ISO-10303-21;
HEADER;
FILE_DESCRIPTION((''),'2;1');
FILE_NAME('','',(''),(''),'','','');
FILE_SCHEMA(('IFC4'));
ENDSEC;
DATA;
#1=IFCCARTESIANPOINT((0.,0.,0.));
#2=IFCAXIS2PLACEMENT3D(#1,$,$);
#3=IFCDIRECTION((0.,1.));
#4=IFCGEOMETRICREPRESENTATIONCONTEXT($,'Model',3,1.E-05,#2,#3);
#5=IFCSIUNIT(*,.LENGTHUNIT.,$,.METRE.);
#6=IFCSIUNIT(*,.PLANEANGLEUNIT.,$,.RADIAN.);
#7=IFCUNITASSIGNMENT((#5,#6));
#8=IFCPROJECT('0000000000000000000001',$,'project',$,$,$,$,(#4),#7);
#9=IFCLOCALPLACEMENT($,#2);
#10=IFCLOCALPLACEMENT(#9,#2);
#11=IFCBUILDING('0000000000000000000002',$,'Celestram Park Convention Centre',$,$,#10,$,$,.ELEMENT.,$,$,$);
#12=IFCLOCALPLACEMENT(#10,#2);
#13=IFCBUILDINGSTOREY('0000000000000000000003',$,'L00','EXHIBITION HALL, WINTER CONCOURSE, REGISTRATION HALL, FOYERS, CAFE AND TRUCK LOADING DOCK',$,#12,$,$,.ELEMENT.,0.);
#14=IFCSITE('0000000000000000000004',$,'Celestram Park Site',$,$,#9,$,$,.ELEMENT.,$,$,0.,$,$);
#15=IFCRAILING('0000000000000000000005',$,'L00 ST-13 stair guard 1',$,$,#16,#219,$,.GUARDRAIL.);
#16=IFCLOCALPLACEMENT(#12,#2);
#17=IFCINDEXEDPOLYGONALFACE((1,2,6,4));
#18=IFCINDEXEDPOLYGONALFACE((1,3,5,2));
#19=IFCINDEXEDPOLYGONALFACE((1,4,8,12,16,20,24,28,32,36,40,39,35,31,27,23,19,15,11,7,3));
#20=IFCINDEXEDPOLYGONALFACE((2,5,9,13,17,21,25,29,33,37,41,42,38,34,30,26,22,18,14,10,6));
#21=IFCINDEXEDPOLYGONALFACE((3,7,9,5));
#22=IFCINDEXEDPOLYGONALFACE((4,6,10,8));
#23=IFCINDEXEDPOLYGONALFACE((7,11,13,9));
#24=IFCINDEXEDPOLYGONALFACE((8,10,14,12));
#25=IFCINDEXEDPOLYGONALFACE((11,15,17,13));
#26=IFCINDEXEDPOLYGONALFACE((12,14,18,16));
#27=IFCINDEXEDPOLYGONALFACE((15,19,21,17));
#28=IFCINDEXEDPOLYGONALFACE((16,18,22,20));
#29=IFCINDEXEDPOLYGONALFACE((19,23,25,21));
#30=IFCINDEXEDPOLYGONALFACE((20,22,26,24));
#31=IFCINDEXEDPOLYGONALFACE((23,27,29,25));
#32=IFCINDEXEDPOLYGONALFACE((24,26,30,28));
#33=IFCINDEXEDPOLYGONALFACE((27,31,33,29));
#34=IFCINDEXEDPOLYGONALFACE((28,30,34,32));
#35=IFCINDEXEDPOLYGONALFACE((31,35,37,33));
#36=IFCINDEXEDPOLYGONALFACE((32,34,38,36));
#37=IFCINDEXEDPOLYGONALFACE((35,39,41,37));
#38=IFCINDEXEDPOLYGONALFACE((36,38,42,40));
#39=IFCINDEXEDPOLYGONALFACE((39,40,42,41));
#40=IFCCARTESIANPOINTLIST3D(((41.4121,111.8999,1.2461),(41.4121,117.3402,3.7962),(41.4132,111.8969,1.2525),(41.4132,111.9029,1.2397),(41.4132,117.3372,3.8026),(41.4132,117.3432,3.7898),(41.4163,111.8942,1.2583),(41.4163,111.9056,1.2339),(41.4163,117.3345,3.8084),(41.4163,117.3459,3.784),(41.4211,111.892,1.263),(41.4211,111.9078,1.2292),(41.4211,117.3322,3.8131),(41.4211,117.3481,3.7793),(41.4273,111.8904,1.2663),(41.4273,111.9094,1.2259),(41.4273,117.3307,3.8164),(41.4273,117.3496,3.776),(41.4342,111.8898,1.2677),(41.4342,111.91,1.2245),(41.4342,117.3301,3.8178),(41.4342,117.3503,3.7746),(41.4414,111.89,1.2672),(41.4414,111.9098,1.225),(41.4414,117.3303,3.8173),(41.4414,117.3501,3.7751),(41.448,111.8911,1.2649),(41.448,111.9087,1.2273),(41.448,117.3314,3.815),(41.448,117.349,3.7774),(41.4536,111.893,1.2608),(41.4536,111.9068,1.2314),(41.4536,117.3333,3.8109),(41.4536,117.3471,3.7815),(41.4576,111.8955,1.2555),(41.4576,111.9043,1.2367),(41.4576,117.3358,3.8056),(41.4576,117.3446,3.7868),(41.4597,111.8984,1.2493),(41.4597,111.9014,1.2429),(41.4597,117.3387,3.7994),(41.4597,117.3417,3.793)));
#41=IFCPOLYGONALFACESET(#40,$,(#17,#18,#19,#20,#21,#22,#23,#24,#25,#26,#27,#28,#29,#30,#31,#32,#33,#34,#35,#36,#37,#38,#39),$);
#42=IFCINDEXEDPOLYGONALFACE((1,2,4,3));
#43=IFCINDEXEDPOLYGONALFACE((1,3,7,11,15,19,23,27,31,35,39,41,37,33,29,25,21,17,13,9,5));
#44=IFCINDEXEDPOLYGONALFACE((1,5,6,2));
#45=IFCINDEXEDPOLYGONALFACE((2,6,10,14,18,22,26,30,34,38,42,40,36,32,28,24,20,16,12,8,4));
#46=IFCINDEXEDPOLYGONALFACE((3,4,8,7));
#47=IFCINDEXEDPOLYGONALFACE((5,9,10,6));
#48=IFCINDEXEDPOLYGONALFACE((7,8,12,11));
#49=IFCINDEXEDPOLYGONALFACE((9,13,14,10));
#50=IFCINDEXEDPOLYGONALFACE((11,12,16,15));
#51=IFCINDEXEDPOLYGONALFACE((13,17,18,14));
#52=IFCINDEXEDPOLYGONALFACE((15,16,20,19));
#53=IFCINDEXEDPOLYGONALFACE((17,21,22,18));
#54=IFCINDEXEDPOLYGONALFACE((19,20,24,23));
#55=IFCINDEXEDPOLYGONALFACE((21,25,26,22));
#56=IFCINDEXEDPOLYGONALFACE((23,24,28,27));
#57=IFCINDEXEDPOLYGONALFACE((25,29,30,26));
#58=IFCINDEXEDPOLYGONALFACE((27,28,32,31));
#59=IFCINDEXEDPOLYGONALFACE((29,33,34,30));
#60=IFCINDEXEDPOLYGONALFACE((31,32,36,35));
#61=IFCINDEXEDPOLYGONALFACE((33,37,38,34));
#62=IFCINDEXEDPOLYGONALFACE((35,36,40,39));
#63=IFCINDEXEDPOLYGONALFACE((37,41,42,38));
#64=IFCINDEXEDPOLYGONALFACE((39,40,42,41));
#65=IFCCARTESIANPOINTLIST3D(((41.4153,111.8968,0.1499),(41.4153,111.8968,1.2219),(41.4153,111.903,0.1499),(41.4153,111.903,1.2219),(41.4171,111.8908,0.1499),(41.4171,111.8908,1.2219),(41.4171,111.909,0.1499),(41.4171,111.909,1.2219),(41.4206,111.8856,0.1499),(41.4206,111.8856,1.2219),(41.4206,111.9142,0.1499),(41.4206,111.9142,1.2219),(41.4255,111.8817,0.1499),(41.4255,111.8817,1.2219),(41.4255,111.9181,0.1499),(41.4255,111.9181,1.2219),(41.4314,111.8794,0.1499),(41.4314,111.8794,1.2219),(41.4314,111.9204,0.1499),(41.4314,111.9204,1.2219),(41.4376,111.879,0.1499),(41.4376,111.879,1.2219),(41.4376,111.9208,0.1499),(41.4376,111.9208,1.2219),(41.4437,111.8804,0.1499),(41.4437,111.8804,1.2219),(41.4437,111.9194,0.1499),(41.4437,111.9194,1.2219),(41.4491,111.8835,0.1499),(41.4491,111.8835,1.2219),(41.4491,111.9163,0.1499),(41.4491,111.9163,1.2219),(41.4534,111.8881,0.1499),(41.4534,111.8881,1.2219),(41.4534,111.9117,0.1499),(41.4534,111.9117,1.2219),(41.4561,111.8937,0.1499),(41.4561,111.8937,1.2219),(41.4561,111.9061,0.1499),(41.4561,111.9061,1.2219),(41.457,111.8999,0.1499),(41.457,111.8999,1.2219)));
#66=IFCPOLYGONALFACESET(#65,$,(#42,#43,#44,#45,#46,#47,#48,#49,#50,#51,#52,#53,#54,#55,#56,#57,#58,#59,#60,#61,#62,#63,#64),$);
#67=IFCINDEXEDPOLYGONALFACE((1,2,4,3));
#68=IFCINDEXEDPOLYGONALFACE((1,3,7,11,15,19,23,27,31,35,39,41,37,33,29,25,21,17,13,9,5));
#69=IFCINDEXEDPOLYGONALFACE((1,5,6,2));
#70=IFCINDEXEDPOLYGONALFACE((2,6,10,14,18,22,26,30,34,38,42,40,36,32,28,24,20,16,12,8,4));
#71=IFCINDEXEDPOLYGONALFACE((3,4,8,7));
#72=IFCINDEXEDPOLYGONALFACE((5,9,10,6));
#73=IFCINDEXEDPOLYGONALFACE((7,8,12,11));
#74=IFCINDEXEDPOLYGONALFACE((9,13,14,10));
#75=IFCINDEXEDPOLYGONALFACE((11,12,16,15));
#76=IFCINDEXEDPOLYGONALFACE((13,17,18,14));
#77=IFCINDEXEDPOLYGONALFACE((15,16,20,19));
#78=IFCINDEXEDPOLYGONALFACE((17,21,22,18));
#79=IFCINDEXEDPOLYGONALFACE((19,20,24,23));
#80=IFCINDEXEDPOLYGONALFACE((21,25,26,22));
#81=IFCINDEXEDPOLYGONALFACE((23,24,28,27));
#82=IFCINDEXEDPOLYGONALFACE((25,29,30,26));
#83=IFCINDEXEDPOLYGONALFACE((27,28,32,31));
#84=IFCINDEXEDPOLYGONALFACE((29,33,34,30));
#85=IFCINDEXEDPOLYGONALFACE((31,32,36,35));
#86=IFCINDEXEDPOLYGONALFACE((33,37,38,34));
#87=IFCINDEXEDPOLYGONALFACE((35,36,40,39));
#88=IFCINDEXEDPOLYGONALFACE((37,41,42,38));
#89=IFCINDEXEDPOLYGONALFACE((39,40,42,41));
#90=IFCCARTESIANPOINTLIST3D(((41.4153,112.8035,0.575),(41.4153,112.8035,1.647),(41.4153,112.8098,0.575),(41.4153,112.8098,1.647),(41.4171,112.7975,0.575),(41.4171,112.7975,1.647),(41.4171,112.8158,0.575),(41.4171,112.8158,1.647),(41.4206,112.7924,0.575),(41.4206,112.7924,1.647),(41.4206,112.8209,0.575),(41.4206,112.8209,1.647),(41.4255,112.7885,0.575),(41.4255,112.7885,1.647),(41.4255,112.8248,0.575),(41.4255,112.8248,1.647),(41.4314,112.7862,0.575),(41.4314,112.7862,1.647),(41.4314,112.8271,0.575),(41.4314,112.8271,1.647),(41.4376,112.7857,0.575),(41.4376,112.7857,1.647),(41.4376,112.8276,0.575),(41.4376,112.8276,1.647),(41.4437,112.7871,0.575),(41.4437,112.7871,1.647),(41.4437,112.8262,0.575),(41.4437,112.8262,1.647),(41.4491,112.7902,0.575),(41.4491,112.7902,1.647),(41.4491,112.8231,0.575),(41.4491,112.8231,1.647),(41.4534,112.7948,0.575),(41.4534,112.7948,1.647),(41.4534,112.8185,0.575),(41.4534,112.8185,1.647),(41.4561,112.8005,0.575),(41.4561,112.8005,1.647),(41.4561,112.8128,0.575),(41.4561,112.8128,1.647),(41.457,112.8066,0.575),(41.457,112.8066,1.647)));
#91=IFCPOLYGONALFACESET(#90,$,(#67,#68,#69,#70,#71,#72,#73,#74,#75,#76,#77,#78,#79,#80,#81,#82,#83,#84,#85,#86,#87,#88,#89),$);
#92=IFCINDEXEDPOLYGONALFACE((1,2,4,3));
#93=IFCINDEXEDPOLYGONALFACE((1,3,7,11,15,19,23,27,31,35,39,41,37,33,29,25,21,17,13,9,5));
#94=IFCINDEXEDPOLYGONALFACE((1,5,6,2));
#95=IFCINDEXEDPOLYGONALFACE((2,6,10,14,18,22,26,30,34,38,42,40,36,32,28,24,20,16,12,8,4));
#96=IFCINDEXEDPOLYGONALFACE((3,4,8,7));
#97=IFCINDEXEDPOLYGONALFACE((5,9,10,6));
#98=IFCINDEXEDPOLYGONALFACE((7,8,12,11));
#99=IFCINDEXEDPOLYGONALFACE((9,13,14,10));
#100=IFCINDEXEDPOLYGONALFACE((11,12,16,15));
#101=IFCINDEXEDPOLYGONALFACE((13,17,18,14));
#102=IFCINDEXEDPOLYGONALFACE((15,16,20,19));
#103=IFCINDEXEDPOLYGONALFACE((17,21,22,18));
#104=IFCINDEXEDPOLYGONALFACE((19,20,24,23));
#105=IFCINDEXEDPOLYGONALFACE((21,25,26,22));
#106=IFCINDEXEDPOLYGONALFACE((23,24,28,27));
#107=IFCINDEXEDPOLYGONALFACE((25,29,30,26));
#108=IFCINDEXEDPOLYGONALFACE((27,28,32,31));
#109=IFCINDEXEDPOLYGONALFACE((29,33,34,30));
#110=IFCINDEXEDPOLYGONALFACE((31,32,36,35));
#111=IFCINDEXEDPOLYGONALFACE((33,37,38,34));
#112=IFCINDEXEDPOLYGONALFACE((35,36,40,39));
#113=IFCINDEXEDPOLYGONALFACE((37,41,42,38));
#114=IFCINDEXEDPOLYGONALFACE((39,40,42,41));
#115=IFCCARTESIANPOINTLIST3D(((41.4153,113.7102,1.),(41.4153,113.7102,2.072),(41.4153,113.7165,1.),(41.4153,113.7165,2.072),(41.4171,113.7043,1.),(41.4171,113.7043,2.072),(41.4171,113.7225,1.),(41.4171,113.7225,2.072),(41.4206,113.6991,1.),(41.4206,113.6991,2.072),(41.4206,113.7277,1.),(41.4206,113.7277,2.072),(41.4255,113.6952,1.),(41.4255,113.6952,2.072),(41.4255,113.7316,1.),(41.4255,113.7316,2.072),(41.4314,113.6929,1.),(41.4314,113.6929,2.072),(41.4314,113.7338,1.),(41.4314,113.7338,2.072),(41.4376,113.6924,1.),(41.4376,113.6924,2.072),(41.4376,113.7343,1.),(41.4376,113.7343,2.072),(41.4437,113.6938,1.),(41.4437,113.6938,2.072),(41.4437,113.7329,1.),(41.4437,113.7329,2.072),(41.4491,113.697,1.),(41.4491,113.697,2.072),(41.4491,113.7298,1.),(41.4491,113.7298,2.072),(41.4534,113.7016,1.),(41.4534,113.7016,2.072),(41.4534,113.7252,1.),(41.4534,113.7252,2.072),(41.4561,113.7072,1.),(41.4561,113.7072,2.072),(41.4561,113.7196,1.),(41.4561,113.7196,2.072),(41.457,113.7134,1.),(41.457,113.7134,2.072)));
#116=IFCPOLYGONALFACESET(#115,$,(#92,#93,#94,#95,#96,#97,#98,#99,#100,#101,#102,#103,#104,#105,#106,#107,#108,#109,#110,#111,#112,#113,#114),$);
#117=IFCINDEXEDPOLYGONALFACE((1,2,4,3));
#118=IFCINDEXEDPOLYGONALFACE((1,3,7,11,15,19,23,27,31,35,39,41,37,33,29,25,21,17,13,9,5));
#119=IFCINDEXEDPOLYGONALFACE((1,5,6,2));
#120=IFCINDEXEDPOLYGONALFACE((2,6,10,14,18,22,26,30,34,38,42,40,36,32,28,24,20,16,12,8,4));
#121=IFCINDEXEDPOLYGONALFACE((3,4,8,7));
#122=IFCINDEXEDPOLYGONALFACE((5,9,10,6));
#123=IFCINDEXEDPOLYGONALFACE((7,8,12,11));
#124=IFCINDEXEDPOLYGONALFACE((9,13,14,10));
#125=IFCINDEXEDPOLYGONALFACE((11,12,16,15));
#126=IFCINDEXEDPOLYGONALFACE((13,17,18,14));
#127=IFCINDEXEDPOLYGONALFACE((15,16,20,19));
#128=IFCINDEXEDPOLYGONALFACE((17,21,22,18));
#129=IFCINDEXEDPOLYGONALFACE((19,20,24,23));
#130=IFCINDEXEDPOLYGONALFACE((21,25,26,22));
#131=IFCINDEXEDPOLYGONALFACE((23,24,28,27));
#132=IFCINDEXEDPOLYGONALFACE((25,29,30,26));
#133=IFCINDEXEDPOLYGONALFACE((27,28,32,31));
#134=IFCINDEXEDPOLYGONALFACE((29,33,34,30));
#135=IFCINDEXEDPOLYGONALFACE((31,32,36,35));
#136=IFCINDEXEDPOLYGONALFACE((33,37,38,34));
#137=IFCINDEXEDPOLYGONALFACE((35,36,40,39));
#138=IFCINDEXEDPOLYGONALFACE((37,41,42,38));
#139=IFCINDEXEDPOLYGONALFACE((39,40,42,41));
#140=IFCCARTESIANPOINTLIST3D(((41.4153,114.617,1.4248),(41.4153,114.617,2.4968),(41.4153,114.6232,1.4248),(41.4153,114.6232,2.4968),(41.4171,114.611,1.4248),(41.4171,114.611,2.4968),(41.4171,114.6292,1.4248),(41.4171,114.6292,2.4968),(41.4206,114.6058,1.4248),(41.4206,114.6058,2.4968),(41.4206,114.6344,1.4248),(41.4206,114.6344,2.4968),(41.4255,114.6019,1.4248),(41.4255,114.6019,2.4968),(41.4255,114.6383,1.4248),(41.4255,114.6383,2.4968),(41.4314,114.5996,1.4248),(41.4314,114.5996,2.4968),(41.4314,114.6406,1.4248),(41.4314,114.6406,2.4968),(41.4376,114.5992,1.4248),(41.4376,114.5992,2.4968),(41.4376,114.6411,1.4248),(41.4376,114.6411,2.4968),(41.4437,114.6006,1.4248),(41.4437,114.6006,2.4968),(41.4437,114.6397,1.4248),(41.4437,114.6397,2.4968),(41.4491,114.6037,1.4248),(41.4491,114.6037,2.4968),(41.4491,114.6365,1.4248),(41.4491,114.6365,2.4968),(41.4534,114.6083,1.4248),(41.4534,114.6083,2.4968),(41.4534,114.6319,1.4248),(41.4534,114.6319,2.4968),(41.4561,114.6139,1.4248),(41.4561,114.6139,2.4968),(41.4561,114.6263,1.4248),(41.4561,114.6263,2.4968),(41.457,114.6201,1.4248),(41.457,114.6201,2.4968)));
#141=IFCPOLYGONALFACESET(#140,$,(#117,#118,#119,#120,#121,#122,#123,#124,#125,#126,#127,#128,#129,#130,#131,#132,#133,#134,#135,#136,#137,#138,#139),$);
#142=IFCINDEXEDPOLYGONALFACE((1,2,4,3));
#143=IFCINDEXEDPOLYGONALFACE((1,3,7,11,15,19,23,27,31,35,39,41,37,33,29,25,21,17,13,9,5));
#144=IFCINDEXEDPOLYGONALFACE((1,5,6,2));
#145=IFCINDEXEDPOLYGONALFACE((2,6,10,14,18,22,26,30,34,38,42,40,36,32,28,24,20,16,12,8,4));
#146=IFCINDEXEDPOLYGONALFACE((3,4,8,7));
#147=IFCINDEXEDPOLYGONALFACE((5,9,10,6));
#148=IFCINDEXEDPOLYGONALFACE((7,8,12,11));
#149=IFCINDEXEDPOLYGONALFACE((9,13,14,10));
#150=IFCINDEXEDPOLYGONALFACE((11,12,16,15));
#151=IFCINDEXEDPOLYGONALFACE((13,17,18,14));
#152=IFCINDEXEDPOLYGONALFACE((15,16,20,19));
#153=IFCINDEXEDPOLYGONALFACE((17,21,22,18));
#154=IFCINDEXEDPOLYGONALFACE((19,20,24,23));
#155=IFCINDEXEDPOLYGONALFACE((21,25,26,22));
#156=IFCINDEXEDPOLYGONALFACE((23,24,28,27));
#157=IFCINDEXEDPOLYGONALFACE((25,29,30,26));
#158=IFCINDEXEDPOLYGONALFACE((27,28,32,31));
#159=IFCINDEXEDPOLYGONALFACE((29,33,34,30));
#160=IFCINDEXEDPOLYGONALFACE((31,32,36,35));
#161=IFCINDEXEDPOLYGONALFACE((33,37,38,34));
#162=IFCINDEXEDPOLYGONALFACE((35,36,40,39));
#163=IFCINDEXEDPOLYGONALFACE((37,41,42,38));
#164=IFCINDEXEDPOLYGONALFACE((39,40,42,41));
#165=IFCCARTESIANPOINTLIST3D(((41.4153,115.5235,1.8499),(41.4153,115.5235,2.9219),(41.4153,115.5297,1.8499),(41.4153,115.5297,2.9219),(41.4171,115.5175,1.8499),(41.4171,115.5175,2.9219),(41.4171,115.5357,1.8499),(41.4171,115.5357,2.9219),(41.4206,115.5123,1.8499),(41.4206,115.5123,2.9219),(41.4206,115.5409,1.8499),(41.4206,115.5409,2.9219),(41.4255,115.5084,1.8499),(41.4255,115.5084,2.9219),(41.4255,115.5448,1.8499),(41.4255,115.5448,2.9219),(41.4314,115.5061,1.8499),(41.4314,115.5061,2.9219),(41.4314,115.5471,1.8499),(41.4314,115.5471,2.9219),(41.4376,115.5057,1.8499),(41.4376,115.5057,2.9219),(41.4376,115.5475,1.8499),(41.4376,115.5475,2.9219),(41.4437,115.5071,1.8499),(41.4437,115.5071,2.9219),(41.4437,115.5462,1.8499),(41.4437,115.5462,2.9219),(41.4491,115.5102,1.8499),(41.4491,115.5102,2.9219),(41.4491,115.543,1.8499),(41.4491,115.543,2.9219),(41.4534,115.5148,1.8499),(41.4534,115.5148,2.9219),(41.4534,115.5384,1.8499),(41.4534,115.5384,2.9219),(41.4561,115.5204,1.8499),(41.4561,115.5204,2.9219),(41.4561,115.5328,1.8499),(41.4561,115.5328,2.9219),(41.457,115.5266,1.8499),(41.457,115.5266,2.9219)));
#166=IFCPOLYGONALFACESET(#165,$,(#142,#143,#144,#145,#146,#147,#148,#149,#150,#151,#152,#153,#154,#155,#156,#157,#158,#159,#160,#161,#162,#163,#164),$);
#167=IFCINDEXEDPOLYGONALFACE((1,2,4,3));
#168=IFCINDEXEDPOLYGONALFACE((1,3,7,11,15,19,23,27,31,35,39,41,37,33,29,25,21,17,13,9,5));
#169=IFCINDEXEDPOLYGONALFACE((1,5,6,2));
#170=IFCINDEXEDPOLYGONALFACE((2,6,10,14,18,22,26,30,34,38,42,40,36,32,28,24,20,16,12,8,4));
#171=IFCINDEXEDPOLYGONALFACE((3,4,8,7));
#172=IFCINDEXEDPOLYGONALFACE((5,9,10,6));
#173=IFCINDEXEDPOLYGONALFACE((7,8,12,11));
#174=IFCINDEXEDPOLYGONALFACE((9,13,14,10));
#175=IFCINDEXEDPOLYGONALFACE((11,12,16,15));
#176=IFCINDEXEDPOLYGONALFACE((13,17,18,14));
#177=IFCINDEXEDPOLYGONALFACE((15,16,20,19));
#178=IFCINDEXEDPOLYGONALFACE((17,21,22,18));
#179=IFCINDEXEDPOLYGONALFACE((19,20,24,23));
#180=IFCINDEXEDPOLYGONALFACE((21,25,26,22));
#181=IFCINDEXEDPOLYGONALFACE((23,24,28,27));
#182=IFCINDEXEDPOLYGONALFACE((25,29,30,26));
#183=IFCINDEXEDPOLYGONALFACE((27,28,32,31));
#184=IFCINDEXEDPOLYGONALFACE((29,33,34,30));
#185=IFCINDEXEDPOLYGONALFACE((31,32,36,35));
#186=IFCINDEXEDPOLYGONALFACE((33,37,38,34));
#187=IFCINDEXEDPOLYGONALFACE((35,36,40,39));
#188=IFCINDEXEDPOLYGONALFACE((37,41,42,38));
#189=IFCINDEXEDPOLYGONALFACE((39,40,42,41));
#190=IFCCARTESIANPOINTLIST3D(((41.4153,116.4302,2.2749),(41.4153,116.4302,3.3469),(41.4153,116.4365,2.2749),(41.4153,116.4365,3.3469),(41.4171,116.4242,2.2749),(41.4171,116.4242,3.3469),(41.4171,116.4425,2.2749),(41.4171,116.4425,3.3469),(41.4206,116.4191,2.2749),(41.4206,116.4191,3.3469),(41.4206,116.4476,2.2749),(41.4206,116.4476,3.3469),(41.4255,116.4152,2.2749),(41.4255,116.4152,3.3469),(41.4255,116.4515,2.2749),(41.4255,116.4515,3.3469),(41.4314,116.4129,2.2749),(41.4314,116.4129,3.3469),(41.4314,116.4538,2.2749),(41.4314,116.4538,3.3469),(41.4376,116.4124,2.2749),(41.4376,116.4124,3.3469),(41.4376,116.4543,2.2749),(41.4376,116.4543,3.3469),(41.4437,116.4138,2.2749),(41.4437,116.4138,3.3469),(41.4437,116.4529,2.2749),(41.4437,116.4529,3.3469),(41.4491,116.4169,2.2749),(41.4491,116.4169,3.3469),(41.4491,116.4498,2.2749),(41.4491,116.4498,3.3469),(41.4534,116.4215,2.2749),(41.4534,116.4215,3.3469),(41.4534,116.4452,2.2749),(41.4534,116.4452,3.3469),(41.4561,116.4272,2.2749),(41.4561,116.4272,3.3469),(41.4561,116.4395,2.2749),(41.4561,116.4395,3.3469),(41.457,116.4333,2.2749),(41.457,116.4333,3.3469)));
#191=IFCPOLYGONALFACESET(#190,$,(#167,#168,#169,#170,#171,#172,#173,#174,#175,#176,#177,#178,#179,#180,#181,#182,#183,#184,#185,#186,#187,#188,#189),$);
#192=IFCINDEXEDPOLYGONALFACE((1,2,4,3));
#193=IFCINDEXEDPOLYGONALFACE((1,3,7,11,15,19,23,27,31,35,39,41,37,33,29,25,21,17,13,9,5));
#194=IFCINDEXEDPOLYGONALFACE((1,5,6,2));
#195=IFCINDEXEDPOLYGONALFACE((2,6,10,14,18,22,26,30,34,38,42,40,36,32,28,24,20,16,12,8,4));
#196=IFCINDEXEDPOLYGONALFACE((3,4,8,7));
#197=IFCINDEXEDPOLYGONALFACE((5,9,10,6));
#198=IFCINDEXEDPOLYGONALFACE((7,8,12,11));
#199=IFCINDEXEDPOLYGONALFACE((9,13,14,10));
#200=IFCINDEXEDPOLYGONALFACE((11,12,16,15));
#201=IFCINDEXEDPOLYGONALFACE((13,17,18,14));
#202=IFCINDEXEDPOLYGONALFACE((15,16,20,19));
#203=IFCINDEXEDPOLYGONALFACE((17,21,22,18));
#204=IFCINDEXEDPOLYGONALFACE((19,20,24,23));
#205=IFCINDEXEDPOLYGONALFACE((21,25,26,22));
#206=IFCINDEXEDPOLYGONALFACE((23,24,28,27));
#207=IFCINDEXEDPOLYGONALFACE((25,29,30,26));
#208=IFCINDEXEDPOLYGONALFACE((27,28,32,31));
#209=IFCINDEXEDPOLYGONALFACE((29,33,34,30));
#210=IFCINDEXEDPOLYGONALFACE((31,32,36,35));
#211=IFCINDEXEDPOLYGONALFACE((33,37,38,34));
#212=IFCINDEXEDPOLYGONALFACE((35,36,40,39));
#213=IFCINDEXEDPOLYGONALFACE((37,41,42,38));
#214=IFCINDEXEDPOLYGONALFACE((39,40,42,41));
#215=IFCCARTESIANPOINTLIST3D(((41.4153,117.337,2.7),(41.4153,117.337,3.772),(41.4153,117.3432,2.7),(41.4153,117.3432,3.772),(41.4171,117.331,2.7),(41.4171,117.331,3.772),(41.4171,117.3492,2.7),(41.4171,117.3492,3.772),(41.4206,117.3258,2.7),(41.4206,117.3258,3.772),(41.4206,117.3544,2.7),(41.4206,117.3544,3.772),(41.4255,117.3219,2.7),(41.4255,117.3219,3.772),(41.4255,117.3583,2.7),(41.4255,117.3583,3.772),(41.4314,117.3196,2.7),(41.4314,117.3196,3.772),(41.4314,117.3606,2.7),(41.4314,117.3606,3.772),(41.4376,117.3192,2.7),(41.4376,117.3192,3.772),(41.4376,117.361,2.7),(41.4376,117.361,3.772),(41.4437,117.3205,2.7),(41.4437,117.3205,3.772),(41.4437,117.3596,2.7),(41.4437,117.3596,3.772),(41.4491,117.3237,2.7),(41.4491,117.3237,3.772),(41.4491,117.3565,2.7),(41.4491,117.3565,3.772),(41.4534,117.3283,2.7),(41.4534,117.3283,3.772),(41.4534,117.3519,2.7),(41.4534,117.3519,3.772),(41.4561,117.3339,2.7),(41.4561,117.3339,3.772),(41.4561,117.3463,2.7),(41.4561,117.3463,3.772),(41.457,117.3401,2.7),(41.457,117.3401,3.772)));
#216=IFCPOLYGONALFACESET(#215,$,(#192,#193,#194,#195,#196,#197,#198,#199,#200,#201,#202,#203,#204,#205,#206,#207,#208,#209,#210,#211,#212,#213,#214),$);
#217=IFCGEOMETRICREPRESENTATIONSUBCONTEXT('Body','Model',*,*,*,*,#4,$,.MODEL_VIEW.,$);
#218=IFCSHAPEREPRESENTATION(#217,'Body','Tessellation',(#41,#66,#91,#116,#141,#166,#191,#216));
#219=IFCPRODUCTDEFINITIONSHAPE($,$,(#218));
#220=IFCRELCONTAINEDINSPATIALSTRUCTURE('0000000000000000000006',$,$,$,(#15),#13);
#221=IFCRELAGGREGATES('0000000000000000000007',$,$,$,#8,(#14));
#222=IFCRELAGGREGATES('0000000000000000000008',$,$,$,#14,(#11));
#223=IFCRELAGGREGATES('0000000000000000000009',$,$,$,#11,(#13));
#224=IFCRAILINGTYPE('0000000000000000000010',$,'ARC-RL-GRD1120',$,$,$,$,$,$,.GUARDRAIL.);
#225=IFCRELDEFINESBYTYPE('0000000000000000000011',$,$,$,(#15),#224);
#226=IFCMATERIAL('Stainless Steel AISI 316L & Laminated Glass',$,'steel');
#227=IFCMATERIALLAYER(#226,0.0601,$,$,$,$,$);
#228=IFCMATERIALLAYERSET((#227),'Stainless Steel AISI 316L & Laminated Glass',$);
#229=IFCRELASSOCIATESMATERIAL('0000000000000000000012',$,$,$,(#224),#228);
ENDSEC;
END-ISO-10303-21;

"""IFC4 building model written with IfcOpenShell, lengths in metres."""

from ifc_helpers import new_model, si_unit, direction, frame, origin, origin_2d, place, context, subcontext, project, spatial, circle, extrude, material, layer, layer_set, type_object, element, save


model = new_model("IFC4")

# Units and contexts
model_context = context("Model", 3, precision=1e-05, world=origin(), true_north=direction((0.0, 1.0)))
body_context = subcontext(model_context, "Body", "Model", "MODEL_VIEW")
ifc_project = project(units=[si_unit("LENGTHUNIT", "METRE"), si_unit("PLANEANGLEUNIT", "RADIAN")], contexts=[model_context])

# Site, building, storey
site_placement = place(None, origin())
site = spatial("IfcSite", under=ifc_project, at=site_placement, Name="Celestram Park Site", CompositionType="ELEMENT", RefElevation=0.0)
building_placement = place(site_placement, origin())
building = spatial("IfcBuilding", under=site, at=building_placement, Name="Celestram Park Convention Centre", CompositionType="ELEMENT")
storey_placement = place(building_placement, origin())
storey = spatial("IfcBuildingStorey", under=building, at=storey_placement, Name="L00", Description="EXHIBITION HALL, WINTER CONCOURSE, REGISTRATION HALL, FOYERS, CAFE AND TRUCK LOADING DOCK", CompositionType="ELEMENT", Elevation=0.0)

# Railing
ifc_material_1 = material(Name="Stainless Steel AISI 316L & Laminated Glass", Category="steel")
ifc_layer_1 = layer(ifc_material_1, 0.0601)
ifc_layer_set_1 = layer_set([ifc_layer_1], Name="Stainless Steel AISI 316L & Laminated Glass")
railing_type_1 = type_object("IfcRailingType", Name="ARC-RL-GRD1120", PredefinedType="GUARDRAIL", material=ifc_layer_set_1)
railing_1_placement = place(storey_placement, frame((41.436, 111.8999, 0.1499)))
element("IfcRailing", 1, at=railing_1_placement, inside=storey, type_object=railing_type_1, Name="L00 ST-13 stair guard 1", PredefinedType="GUARDRAIL", context=body_context, shape_type="SweptSolid", body=[
    extrude(circle(Radius=0.0239, at=origin_2d()), frame((0.0, 0.0, 1.0962), z_axis=(0.0, 0.905461, 0.424429), x_axis=(-1.0, 0.0, 0.0)), (0.0, 0.0, 1.0), 6.0083),
    extrude(circle(Radius=0.021, at=origin_2d()), origin(), (0.0, 0.0, 1.0), 1.072),
    extrude(circle(Radius=0.021, at=origin_2d()), frame((0.0, 0.9067, 0.425)), (0.0, 0.0, 1.0), 1.072),
    extrude(circle(Radius=0.021, at=origin_2d()), frame((0.0, 1.8135, 0.8501)), (0.0, 0.0, 1.0), 1.072),
    extrude(circle(Radius=0.021, at=origin_2d()), frame((0.0, 2.7202, 1.2749)), (0.0, 0.0, 1.0), 1.072),
    extrude(circle(Radius=0.021, at=origin_2d()), frame((0.0, 3.6267, 1.7)), (0.0, 0.0, 1.0), 1.072),
    extrude(circle(Radius=0.021, at=origin_2d()), frame((0.0, 4.5334, 2.125)), (0.0, 0.0, 1.0), 1.072),
    extrude(circle(Radius=0.021, at=origin_2d()), frame((0.0, 5.4402, 2.55)), (0.0, 0.0, 1.0), 1.072),
])

save(model, "model.ifc")
